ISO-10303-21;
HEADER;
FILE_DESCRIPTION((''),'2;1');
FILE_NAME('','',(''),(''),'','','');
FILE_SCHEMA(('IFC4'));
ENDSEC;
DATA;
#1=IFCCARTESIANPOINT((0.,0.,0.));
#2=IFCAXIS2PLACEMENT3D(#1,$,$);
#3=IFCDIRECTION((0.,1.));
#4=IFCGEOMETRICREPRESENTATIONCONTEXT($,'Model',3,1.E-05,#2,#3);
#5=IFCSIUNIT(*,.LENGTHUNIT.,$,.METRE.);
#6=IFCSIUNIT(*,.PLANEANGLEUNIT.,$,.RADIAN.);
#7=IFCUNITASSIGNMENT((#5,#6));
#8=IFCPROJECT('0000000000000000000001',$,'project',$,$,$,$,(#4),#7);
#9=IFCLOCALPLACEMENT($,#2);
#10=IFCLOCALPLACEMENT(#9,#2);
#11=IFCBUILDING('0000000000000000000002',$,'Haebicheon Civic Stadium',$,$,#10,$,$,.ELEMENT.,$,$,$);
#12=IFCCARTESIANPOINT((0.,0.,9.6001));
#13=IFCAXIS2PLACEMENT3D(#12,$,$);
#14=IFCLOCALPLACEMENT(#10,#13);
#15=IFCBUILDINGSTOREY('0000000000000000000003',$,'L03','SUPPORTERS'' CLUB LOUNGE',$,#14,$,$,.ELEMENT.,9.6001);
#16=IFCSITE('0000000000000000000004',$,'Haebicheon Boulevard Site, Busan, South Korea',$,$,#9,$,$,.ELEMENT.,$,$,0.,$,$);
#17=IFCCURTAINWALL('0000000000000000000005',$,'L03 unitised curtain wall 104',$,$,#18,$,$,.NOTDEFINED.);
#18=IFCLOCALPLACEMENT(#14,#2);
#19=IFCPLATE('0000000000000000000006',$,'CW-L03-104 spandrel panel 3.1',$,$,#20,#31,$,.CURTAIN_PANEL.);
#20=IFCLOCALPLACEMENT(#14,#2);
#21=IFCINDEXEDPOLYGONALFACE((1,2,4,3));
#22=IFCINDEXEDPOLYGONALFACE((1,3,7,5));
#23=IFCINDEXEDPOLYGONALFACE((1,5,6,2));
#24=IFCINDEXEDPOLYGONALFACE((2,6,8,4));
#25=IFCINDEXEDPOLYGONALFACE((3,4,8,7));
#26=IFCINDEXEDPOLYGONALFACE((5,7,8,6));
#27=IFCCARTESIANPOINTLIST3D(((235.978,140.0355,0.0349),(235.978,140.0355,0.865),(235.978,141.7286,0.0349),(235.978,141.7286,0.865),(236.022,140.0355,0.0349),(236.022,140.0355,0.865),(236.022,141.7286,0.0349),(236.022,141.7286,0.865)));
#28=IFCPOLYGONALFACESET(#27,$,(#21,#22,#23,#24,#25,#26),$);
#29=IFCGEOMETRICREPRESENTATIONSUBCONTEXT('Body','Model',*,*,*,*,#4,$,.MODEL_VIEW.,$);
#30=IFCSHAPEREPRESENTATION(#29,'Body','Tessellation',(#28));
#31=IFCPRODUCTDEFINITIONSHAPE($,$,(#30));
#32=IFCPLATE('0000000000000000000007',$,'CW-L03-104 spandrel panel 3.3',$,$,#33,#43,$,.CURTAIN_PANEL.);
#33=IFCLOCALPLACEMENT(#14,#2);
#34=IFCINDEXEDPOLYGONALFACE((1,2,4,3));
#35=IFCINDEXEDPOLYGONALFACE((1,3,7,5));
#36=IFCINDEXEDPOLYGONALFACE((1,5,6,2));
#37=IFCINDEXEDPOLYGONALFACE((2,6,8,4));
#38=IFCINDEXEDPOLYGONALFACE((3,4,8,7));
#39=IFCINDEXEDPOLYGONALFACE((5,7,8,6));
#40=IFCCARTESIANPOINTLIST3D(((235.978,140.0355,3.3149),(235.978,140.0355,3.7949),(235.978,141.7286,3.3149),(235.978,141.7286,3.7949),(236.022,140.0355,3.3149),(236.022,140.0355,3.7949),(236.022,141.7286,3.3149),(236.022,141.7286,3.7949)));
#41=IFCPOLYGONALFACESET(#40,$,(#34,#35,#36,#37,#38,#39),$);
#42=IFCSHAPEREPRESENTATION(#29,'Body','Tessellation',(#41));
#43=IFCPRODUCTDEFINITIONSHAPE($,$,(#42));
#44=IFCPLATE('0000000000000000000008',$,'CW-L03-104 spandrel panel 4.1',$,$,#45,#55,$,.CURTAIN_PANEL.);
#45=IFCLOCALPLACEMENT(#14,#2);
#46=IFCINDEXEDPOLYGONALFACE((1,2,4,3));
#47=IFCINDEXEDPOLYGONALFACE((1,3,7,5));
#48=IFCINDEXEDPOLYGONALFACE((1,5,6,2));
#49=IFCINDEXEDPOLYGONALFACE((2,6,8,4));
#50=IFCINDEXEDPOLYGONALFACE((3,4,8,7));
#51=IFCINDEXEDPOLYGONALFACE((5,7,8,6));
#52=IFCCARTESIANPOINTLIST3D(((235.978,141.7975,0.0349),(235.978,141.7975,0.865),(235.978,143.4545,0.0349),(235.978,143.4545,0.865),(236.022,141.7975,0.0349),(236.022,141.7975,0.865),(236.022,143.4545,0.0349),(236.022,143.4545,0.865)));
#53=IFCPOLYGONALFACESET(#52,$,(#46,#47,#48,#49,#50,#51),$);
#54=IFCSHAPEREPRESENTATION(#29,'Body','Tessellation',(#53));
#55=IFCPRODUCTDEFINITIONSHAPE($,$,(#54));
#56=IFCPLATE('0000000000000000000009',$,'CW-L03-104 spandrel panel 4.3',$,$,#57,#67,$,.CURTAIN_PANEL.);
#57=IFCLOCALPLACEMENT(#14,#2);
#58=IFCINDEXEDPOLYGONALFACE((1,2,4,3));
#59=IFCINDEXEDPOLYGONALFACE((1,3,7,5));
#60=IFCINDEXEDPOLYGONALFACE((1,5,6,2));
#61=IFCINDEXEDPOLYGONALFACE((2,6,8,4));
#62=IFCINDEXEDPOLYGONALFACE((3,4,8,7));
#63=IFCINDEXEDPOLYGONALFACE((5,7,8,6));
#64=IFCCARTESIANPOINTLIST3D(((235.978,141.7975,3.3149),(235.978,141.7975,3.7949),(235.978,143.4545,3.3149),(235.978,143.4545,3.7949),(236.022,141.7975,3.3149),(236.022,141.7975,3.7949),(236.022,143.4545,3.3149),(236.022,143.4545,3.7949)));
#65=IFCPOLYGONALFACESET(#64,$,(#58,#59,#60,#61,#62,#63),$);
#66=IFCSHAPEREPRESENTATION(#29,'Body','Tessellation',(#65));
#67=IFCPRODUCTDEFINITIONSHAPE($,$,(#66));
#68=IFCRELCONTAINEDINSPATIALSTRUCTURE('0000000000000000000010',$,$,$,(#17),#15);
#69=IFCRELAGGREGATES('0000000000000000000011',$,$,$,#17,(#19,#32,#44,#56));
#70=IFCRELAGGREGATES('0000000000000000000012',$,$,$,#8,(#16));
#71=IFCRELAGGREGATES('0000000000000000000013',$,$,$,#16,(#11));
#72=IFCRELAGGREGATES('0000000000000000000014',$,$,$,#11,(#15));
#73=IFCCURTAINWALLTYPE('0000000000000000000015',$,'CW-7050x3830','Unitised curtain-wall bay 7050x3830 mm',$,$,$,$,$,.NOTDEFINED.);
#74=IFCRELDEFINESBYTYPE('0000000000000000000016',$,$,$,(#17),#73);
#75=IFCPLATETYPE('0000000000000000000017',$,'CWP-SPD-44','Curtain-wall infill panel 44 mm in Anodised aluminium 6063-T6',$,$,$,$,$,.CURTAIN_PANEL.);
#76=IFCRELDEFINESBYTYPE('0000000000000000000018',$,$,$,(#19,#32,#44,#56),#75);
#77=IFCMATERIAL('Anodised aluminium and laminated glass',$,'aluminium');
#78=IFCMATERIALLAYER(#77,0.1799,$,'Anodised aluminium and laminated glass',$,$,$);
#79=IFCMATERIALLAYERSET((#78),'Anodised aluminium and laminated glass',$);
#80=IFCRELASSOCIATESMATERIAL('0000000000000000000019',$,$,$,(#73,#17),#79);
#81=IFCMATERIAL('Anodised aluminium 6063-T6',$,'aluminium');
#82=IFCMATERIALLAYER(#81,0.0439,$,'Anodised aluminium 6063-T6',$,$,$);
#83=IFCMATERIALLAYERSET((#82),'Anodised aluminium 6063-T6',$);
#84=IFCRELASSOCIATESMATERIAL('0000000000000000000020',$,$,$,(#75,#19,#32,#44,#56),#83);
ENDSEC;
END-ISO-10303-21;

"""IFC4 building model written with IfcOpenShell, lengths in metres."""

from ifc_helpers import new_model, si_unit, direction, frame, origin, origin_2d, place, context, subcontext, project, spatial, rectangle, extrude, material, layer, layer_set, type_object, element, aggregate, save


model = new_model("IFC4")

# Units and contexts
model_context = context("Model", 3, precision=1e-05, world=origin(), true_north=direction((0.0, 1.0)))
body_context = subcontext(model_context, "Body", "Model", "MODEL_VIEW")
ifc_project = project(units=[si_unit("LENGTHUNIT", "METRE"), si_unit("PLANEANGLEUNIT", "RADIAN")], contexts=[model_context])

# Site, building, storey
site_placement = place(None, origin())
site = spatial("IfcSite", under=ifc_project, at=site_placement, Name="Haebicheon Boulevard Site, Busan, South Korea", CompositionType="ELEMENT", RefElevation=0.0)
building_placement = place(site_placement, origin())
building = spatial("IfcBuilding", under=site, at=building_placement, Name="Haebicheon Civic Stadium", CompositionType="ELEMENT")
storey_placement = place(building_placement, frame((0.0, 0.0, 9.6001)))
storey = spatial("IfcBuildingStorey", under=building, at=storey_placement, Name="L03", Description="SUPPORTERS' CLUB LOUNGE", CompositionType="ELEMENT", Elevation=9.6001)

# Curtain wall
ifc_material_1 = material(Name="Anodised aluminium and laminated glass", Category="aluminium")
ifc_layer_1 = layer(ifc_material_1, 0.1799, Name="Anodised aluminium and laminated glass")
ifc_layer_set_1 = layer_set([ifc_layer_1], Name="Anodised aluminium and laminated glass")
curtain_wall_type = type_object("IfcCurtainWallType", Name="CW-7050x3830", Description="Unitised curtain-wall bay 7050x3830 mm", PredefinedType="NOTDEFINED", material=ifc_layer_set_1)
curtain_wall_placement = place(storey_placement, origin())
curtain_wall = element("IfcCurtainWall", 1, at=curtain_wall_placement, inside=storey, type_object=curtain_wall_type, material=ifc_layer_set_1, Name="L03 unitised curtain wall 104", PredefinedType="NOTDEFINED")

# Plates
ifc_material_2 = material(Name="Anodised aluminium 6063-T6", Category="aluminium")
ifc_layer_2 = layer(ifc_material_2, 0.0439, Name="Anodised aluminium 6063-T6")
ifc_layer_set_2 = layer_set([ifc_layer_2], Name="Anodised aluminium 6063-T6")
plate_type_1 = type_object("IfcPlateType", Name="CWP-SPD-44", Description="Curtain-wall infill panel 44 mm in Anodised aluminium 6063-T6", PredefinedType="CURTAIN_PANEL", material=ifc_layer_set_2)
plate_1_placement = place(storey_placement, frame((236.0, 140.8821, 0.0349), z_axis=(0.0, 0.0, 1.0), x_axis=(0.0, 1.0, 0.0)))
plate_1 = element("IfcPlate", 2, at=plate_1_placement, type_object=plate_type_1, material=ifc_layer_set_2, Name="CW-L03-104 spandrel panel 3.1", PredefinedType="CURTAIN_PANEL", context=body_context, shape_type="SweptSolid", body=[
    extrude(rectangle(XDim=1.6931, YDim=0.0439, at=origin_2d()), origin(), (0.0, 0.0, 1.0), 0.8301),
])
plate_2_placement = place(storey_placement, frame((236.0, 140.8821, 3.3149), z_axis=(0.0, 0.0, 1.0), x_axis=(0.0, 1.0, 0.0)))
plate_2 = element("IfcPlate", 3, at=plate_2_placement, type_object=plate_type_1, material=ifc_layer_set_2, Name="CW-L03-104 spandrel panel 3.3", PredefinedType="CURTAIN_PANEL", context=body_context, shape_type="SweptSolid", body=[
    extrude(rectangle(XDim=1.6931, YDim=0.0439, at=origin_2d()), origin(), (0.0, 0.0, 1.0), 0.48),
])
plate_3_placement = place(storey_placement, frame((236.0, 142.626, 0.0349), z_axis=(0.0, 0.0, 1.0), x_axis=(0.0, 1.0, 0.0)))
plate_3 = element("IfcPlate", 4, at=plate_3_placement, type_object=plate_type_1, material=ifc_layer_set_2, Name="CW-L03-104 spandrel panel 4.1", PredefinedType="CURTAIN_PANEL", context=body_context, shape_type="SweptSolid", body=[
    extrude(rectangle(XDim=1.657, YDim=0.0439, at=origin_2d()), origin(), (0.0, 0.0, 1.0), 0.8301),
])
plate_4_placement = place(storey_placement, frame((236.0, 142.626, 3.3149), z_axis=(0.0, 0.0, 1.0), x_axis=(0.0, 1.0, 0.0)))
plate_4 = element("IfcPlate", 5, at=plate_4_placement, type_object=plate_type_1, material=ifc_layer_set_2, Name="CW-L03-104 spandrel panel 4.3", PredefinedType="CURTAIN_PANEL", context=body_context, shape_type="SweptSolid", body=[
    extrude(rectangle(XDim=1.657, YDim=0.0439, at=origin_2d()), origin(), (0.0, 0.0, 1.0), 0.48),
])
aggregate(curtain_wall, [plate_1, plate_2, plate_3, plate_4])

save(model, "model.ifc")
